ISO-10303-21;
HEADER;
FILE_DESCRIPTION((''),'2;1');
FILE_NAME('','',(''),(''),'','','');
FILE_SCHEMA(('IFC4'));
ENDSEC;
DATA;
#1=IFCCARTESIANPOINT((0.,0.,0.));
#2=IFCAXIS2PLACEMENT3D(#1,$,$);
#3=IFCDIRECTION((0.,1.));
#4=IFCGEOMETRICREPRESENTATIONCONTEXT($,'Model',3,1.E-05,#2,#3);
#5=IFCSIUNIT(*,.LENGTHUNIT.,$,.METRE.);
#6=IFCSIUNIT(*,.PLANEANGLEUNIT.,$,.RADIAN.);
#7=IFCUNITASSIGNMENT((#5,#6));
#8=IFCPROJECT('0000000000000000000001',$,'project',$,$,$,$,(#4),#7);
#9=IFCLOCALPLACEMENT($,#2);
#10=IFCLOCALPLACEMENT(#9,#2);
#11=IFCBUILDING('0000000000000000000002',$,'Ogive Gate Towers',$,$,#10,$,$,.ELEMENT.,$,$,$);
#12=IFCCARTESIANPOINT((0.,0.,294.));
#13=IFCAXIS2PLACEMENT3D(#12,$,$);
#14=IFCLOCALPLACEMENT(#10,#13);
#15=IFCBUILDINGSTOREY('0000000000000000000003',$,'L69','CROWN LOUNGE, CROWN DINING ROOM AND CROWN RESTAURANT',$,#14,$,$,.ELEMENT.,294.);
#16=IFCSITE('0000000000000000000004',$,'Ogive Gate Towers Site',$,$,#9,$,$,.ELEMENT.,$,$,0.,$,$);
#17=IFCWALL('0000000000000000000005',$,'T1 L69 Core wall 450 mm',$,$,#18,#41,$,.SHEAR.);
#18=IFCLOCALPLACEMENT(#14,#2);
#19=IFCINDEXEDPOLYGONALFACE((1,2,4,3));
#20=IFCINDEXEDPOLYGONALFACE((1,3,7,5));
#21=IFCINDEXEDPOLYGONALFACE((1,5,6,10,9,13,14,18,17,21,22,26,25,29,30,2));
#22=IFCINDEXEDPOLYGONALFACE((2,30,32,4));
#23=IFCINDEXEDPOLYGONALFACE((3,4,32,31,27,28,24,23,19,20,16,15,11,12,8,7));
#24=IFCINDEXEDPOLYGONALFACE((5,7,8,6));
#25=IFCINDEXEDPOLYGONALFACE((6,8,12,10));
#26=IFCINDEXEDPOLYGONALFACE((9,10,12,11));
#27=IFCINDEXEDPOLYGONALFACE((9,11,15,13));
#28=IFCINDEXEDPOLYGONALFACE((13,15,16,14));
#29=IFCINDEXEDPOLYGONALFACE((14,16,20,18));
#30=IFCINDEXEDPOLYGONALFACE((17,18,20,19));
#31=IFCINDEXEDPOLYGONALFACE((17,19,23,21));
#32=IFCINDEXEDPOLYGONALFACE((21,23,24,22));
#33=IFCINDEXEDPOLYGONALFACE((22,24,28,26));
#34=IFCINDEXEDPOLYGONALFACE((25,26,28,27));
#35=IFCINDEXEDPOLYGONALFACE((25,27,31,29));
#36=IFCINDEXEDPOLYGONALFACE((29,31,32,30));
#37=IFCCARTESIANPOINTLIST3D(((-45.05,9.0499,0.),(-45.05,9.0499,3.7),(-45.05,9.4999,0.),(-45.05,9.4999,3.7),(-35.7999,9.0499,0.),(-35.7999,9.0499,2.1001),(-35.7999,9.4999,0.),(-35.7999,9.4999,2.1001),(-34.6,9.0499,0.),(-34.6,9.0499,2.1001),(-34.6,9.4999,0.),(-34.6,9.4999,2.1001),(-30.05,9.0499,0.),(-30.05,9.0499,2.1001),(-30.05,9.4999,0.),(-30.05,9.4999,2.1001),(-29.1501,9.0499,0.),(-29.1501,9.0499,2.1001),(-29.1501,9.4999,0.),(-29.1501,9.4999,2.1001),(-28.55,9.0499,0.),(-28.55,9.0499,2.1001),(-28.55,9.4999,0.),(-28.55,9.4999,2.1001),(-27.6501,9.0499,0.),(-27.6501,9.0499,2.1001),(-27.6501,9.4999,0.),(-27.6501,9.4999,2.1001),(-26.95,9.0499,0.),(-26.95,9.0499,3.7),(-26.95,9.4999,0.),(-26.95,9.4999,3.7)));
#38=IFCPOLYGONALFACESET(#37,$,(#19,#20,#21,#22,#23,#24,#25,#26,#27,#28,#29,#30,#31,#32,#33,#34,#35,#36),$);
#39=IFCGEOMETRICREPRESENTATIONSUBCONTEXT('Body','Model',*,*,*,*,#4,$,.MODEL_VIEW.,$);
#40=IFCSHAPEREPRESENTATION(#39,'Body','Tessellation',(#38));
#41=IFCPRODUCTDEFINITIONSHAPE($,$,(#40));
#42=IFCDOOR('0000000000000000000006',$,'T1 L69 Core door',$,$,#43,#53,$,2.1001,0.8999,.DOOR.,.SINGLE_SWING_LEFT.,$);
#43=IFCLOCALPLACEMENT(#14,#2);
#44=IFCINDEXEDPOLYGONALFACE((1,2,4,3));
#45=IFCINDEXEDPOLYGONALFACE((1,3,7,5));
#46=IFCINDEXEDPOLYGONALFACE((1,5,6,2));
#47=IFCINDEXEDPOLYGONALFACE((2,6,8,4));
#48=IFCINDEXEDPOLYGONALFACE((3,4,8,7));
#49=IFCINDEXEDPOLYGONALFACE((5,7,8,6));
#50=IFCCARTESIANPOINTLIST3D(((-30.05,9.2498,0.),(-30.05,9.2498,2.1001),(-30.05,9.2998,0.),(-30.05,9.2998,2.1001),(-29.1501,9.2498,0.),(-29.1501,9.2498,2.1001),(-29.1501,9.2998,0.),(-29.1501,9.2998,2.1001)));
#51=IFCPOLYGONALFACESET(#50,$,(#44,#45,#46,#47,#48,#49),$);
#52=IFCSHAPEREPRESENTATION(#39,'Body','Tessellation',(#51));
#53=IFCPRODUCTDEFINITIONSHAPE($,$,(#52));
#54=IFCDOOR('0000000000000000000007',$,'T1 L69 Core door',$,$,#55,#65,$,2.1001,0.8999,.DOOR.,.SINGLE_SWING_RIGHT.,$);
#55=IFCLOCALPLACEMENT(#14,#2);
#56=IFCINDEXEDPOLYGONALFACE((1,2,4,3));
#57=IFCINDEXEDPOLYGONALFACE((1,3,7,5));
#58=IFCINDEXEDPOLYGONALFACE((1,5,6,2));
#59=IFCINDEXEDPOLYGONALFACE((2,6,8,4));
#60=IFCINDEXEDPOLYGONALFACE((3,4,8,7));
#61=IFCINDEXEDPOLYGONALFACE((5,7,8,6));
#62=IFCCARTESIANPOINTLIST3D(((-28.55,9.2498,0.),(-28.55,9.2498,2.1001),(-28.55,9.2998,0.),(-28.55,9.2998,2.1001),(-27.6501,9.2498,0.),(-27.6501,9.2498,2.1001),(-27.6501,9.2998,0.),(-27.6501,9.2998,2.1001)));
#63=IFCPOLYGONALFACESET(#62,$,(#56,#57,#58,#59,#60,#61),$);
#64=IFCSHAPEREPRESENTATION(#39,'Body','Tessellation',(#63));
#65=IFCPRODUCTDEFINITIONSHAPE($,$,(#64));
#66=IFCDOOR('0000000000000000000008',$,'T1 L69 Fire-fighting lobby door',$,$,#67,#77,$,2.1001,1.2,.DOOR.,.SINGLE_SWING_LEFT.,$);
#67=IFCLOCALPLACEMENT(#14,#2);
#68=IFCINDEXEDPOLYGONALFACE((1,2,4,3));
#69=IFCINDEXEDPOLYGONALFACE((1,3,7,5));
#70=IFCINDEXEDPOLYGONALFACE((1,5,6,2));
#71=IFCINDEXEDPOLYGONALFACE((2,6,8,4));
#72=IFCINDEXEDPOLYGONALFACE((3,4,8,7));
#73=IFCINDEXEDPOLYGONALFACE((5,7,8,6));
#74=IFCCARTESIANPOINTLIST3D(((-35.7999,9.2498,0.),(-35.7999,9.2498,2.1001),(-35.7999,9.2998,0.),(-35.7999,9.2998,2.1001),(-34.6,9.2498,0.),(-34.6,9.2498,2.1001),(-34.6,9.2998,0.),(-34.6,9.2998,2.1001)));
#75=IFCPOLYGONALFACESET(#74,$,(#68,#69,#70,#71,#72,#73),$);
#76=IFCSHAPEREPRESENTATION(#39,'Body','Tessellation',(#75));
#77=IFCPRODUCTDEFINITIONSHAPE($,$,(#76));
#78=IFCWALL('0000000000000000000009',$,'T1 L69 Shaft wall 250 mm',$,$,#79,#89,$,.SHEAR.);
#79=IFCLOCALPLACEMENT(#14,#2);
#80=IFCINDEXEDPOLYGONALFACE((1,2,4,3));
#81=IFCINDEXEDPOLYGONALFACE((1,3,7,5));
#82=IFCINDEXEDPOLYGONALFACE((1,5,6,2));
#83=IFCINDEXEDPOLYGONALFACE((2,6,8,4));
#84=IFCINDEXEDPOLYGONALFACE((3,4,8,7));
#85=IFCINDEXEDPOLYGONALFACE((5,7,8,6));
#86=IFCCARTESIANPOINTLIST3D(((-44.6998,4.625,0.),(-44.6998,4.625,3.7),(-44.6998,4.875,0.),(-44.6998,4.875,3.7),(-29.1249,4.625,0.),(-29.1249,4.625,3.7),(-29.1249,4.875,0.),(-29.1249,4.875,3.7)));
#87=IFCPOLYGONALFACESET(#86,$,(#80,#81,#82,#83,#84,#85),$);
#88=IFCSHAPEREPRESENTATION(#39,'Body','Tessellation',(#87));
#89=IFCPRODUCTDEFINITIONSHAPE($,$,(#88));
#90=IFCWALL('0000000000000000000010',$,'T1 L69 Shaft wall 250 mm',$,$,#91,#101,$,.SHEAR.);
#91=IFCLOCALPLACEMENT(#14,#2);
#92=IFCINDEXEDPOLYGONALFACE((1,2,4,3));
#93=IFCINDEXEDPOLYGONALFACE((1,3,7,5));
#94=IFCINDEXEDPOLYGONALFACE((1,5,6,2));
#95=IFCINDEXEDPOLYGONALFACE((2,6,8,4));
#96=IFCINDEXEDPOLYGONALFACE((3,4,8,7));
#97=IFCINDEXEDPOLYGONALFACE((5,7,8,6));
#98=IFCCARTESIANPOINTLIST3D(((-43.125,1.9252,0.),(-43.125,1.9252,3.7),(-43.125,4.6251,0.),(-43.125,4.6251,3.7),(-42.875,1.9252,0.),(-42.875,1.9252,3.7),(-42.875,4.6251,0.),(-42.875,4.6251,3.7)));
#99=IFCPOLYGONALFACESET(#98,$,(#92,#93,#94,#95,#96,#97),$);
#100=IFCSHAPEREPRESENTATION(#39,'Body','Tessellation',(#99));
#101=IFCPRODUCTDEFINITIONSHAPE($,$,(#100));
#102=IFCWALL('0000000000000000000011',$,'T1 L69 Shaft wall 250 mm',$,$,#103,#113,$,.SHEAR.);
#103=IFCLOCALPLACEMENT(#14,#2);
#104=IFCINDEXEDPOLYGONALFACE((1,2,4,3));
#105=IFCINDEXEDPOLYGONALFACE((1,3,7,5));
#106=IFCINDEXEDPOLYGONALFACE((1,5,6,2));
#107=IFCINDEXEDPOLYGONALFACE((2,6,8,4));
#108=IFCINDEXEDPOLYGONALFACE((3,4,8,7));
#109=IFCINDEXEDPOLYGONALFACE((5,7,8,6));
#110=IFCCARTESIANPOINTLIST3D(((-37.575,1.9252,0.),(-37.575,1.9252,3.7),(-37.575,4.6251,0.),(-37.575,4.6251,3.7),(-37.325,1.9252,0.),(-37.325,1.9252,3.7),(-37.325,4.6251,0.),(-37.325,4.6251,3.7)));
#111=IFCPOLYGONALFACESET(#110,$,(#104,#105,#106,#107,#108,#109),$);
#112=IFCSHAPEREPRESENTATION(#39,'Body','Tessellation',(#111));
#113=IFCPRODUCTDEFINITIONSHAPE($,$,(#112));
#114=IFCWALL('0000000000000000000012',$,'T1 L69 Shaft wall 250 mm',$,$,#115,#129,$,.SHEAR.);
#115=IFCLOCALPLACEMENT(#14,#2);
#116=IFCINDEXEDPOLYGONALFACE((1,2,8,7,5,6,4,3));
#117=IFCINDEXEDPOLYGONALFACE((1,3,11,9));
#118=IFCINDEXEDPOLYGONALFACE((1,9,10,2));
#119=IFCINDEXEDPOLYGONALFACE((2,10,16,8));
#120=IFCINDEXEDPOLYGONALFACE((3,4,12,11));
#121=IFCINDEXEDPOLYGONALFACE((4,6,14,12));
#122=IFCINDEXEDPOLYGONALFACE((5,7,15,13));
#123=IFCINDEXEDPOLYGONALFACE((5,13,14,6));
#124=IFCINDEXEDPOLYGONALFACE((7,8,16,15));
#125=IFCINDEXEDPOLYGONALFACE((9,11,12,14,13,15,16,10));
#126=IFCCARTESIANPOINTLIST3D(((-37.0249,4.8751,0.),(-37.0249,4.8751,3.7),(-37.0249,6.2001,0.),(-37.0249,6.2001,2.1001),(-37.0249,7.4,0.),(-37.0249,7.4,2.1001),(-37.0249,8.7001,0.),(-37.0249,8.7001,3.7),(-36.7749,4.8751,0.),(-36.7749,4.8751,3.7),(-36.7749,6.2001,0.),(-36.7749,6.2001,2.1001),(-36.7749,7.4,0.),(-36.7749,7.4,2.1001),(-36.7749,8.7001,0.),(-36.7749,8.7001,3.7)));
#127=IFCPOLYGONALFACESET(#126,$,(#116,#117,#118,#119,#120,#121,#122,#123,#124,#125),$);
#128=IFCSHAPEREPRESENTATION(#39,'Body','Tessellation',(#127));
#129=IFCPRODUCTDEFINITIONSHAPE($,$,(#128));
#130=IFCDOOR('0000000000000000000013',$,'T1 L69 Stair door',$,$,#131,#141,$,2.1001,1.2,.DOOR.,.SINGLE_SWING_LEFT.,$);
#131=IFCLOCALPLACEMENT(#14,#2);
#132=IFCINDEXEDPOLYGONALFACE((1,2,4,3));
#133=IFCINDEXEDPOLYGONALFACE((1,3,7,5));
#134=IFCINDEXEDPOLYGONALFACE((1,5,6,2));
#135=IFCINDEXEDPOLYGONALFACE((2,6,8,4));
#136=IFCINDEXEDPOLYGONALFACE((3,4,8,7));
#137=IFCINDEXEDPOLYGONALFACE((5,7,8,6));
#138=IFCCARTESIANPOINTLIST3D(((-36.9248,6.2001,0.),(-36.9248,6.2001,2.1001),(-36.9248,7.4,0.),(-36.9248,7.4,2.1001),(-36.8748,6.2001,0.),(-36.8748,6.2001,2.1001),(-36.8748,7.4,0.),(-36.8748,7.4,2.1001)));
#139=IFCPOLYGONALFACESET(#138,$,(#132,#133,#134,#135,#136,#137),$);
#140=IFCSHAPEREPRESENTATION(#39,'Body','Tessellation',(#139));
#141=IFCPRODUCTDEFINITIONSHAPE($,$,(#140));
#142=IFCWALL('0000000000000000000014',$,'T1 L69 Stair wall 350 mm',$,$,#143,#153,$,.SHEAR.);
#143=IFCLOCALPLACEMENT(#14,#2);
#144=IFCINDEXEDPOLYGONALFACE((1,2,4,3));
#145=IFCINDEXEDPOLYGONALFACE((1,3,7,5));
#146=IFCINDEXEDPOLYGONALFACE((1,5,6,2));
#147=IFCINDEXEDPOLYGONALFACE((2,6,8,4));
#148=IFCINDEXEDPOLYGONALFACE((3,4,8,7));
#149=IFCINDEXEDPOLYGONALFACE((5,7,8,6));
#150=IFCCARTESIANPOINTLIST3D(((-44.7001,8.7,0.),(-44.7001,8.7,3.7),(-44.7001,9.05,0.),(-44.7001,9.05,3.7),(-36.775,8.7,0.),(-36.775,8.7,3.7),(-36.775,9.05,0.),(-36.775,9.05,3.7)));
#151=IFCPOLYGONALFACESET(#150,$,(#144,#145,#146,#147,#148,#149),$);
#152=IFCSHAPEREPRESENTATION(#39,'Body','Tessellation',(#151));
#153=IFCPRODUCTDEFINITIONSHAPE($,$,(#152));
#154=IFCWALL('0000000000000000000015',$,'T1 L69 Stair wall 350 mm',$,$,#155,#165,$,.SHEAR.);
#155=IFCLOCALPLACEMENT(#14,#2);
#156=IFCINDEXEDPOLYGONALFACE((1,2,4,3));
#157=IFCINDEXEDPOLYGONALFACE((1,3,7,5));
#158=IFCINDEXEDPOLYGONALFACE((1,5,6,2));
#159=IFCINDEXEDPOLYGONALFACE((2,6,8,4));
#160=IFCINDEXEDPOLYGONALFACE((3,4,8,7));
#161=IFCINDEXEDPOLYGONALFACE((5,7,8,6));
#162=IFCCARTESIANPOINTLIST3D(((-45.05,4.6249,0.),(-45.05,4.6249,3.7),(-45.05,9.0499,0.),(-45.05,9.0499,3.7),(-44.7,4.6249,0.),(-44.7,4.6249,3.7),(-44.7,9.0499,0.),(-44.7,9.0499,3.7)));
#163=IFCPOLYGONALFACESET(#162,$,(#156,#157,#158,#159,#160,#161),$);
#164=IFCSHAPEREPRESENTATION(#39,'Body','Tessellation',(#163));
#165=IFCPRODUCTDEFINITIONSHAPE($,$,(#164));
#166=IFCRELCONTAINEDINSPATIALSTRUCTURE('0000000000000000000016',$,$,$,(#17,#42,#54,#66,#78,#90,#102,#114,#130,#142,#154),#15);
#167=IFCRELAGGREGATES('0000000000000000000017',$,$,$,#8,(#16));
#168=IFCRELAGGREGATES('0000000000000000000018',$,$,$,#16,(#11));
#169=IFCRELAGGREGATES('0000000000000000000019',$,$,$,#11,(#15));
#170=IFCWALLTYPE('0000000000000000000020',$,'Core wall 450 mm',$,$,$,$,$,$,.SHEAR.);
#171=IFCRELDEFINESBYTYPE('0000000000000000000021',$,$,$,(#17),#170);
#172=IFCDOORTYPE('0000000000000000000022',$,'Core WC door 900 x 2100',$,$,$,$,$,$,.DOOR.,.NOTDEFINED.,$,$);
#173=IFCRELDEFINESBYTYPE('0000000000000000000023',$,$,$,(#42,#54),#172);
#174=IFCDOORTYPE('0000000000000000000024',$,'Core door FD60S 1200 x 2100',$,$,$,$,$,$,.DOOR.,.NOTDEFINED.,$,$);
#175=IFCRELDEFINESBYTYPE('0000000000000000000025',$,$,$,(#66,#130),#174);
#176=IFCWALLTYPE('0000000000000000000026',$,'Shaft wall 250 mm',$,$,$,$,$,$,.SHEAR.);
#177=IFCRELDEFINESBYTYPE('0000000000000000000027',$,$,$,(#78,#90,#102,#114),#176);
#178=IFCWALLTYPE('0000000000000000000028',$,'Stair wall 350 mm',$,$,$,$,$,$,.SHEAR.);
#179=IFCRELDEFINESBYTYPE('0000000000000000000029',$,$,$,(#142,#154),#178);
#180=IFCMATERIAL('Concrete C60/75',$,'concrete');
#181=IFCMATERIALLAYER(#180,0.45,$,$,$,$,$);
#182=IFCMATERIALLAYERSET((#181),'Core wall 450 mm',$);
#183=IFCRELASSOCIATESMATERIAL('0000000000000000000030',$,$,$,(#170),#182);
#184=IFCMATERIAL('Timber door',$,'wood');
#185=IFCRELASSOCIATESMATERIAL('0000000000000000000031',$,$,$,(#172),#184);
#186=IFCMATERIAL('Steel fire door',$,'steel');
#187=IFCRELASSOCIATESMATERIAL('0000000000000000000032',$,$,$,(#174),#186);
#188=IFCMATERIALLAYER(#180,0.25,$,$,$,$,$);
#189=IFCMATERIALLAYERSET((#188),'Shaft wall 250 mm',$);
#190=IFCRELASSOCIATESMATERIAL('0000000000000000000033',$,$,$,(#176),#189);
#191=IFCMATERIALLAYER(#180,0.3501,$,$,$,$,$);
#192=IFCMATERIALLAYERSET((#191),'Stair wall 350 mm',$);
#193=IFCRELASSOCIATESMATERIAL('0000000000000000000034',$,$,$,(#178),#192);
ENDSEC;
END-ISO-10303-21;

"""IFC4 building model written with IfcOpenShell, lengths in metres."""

from ifc_helpers import new_model, si_unit, direction, frame, frame_2d, origin, place, context, subcontext, project, spatial, rectangle, extrude, material, layer, layer_set, type_object, element, fill, save


model = new_model("IFC4")

# Units and contexts
model_context = context("Model", 3, precision=1e-05, world=origin(), true_north=direction((0.0, 1.0)))
body_context = subcontext(model_context, "Body", "Model", "MODEL_VIEW")
ifc_project = project(units=[si_unit("LENGTHUNIT", "METRE"), si_unit("PLANEANGLEUNIT", "RADIAN")], contexts=[model_context])

# Site, building, storey
site_placement = place(None, origin())
site = spatial("IfcSite", under=ifc_project, at=site_placement, Name="Ogive Gate Towers Site", CompositionType="ELEMENT", RefElevation=0.0)
building_placement = place(site_placement, origin())
building = spatial("IfcBuilding", under=site, at=building_placement, Name="Ogive Gate Towers", CompositionType="ELEMENT")
storey_placement = place(building_placement, frame((0.0, 0.0, 294.0)))
storey = spatial("IfcBuildingStorey", under=building, at=storey_placement, Name="L69", Description="CROWN LOUNGE, CROWN DINING ROOM AND CROWN RESTAURANT", CompositionType="ELEMENT", Elevation=294.0)

# Wall, openings, doors
ifc_material_1 = material(Name="Concrete C60/75", Category="concrete")
ifc_layer_1 = layer(ifc_material_1, 0.45)
ifc_layer_set_1 = layer_set([ifc_layer_1], Name="Core wall 450 mm")
wall_type_1 = type_object("IfcWallType", Name="Core wall 450 mm", PredefinedType="SHEAR", material=ifc_layer_set_1)
wall_1_placement = place(storey_placement, frame((-45.05, 9.2749, 0.0), z_axis=(0.0, 0.0, 1.0), x_axis=(1.0, 0.0, 0.0)))
wall_1 = element("IfcWall", 1, at=wall_1_placement, inside=storey, type_object=wall_type_1, Name="T1 L69 Core wall 450 mm", PredefinedType="SHEAR", context=body_context, shape_type="SweptSolid", body=[
    extrude(rectangle(XDim=18.1001, YDim=0.45, at=frame_2d((9.05, 0.0))), origin(), (0.0, 0.0, 1.0), 3.7),
])
opening_1_placement = place(wall_1_placement, frame((9.25, 0.0, 0.0)))
opening_1 = element("IfcOpeningElement", 2, at=opening_1_placement, cuts=wall_1, PredefinedType="OPENING", context=body_context, shape_type="SweptSolid", body=[
    extrude(rectangle(XDim=1.2, YDim=2.1001, at=frame_2d((0.6001, 1.05))), frame((0.0, 0.2349, 0.0), z_axis=(0.0, -1.0, 0.0), x_axis=(1.0, 0.0, 0.0)), (0.0, 0.0, 1.0), 0.47),
])
opening_2_placement = place(wall_1_placement, frame((15.0, 0.0, 0.0)))
opening_2 = element("IfcOpeningElement", 3, at=opening_2_placement, cuts=wall_1, PredefinedType="OPENING", context=body_context, shape_type="SweptSolid", body=[
    extrude(rectangle(XDim=0.8999, YDim=2.1001, at=frame_2d((0.45, 1.05))), frame((0.0, 0.2349, 0.0), z_axis=(0.0, -1.0, 0.0), x_axis=(1.0, 0.0, 0.0)), (0.0, 0.0, 1.0), 0.47),
])
opening_3_placement = place(wall_1_placement, frame((16.5, 0.0, 0.0)))
opening_3 = element("IfcOpeningElement", 4, at=opening_3_placement, cuts=wall_1, PredefinedType="OPENING", context=body_context, shape_type="SweptSolid", body=[
    extrude(rectangle(XDim=0.8999, YDim=2.1001, at=frame_2d((0.45, 1.05))), frame((0.0, 0.2349, 0.0), z_axis=(0.0, -1.0, 0.0), x_axis=(1.0, 0.0, 0.0)), (0.0, 0.0, 1.0), 0.47),
])
ifc_material_2 = material(Name="Timber door", Category="wood")
door_type_1 = type_object("IfcDoorType", Name="Core WC door 900 x 2100", OperationType="NOTDEFINED", PredefinedType="DOOR", material=ifc_material_2)
door_1_placement = place(opening_2_placement, origin())
door_1 = element("IfcDoor", 5, at=door_1_placement, inside=storey, type_object=door_type_1, Name="T1 L69 Core door", OperationType="SINGLE_SWING_LEFT", OverallHeight=2.1001, OverallWidth=0.8999, PredefinedType="DOOR", context=body_context, shape_type="SweptSolid", body=[
    extrude(rectangle(XDim=0.8999, YDim=2.1001, at=frame_2d((0.45, 1.05))), frame((0.0, 0.0249, 0.0), z_axis=(0.0, -1.0, 0.0), x_axis=(1.0, 0.0, 0.0)), (0.0, 0.0, 1.0), 0.05),
])
fill(opening_2, door_1)
door_2_placement = place(opening_3_placement, origin())
door_2 = element("IfcDoor", 6, at=door_2_placement, inside=storey, type_object=door_type_1, Name="T1 L69 Core door", OperationType="SINGLE_SWING_RIGHT", OverallHeight=2.1001, OverallWidth=0.8999, PredefinedType="DOOR", context=body_context, shape_type="SweptSolid", body=[
    extrude(rectangle(XDim=0.8999, YDim=2.1001, at=frame_2d((0.45, 1.05))), frame((0.0, 0.0249, 0.0), z_axis=(0.0, -1.0, 0.0), x_axis=(1.0, 0.0, 0.0)), (0.0, 0.0, 1.0), 0.05),
])
fill(opening_3, door_2)
ifc_material_3 = material(Name="Steel fire door", Category="steel")
door_type_2 = type_object("IfcDoorType", Name="Core door FD60S 1200 x 2100", OperationType="NOTDEFINED", PredefinedType="DOOR", material=ifc_material_3)
door_3_placement = place(opening_1_placement, origin())
door_3 = element("IfcDoor", 7, at=door_3_placement, inside=storey, type_object=door_type_2, Name="T1 L69 Fire-fighting lobby door", OperationType="SINGLE_SWING_LEFT", OverallHeight=2.1001, OverallWidth=1.2, PredefinedType="DOOR", context=body_context, shape_type="SweptSolid", body=[
    extrude(rectangle(XDim=1.2, YDim=2.1001, at=frame_2d((0.6001, 1.05))), frame((0.0, 0.0249, 0.0), z_axis=(0.0, -1.0, 0.0), x_axis=(1.0, 0.0, 0.0)), (0.0, 0.0, 1.0), 0.05),
])
fill(opening_1, door_3)

# Walls
ifc_layer_2 = layer(ifc_material_1, 0.25)
ifc_layer_set_2 = layer_set([ifc_layer_2], Name="Shaft wall 250 mm")
wall_type_2 = type_object("IfcWallType", Name="Shaft wall 250 mm", PredefinedType="SHEAR", material=ifc_layer_set_2)
wall_2_placement = place(storey_placement, frame((-44.7, 4.75, 0.0), z_axis=(0.0, 0.0, 1.0), x_axis=(1.0, 0.0, 0.0)))
element("IfcWall", 8, at=wall_2_placement, inside=storey, type_object=wall_type_2, Name="T1 L69 Shaft wall 250 mm", PredefinedType="SHEAR", context=body_context, shape_type="SweptSolid", body=[
    extrude(rectangle(XDim=15.575, YDim=0.25, at=frame_2d((7.7876, 0.0))), origin(), (0.0, 0.0, 1.0), 3.7),
])
for number, where, z_axis, x_axis, name in (
    (9, (-43.0, 1.925, 0.0), (0.0, 0.0, 1.0), (0.0, 1.0, 0.0), "T1 L69 Shaft wall 250 mm"),
    (10, (-37.45, 1.925, 0.0), (0.0, 0.0, 1.0), (0.0, 1.0, 0.0), "T1 L69 Shaft wall 250 mm"),
):
    element("IfcWall", number, at=place(storey_placement, frame(where, z_axis=z_axis, x_axis=x_axis)), inside=storey, type_object=wall_type_2, Name=name, PredefinedType="SHEAR", context=body_context, shape_type="SweptSolid", body=[
        extrude(rectangle(XDim=2.7, YDim=0.25, at=frame_2d((1.3501, 0.0))), origin(), (0.0, 0.0, 1.0), 3.7),
    ])

# Wall, opening, door
wall_3_placement = place(storey_placement, frame((-36.8999, 4.875, 0.0), z_axis=(0.0, 0.0, 1.0), x_axis=(0.0, 1.0, 0.0)))
wall_3 = element("IfcWall", 11, at=wall_3_placement, inside=storey, type_object=wall_type_2, Name="T1 L69 Shaft wall 250 mm", PredefinedType="SHEAR", context=body_context, shape_type="SweptSolid", body=[
    extrude(rectangle(XDim=3.825, YDim=0.25, at=frame_2d((1.9126, 0.0))), origin(), (0.0, 0.0, 1.0), 3.7),
])
opening_4_placement = place(wall_3_placement, frame((1.325, 0.0, 0.0)))
opening_4 = element("IfcOpeningElement", 12, at=opening_4_placement, cuts=wall_3, PredefinedType="OPENING", context=body_context, shape_type="SweptSolid", body=[
    extrude(rectangle(XDim=1.2, YDim=2.1001, at=frame_2d((0.6001, 1.05))), frame((0.0, 0.135, 0.0), z_axis=(0.0, -1.0, 0.0), x_axis=(1.0, 0.0, 0.0)), (0.0, 0.0, 1.0), 0.27),
])
door_4_placement = place(opening_4_placement, origin())
door_4 = element("IfcDoor", 13, at=door_4_placement, inside=storey, type_object=door_type_2, Name="T1 L69 Stair door", OperationType="SINGLE_SWING_LEFT", OverallHeight=2.1001, OverallWidth=1.2, PredefinedType="DOOR", context=body_context, shape_type="SweptSolid", body=[
    extrude(rectangle(XDim=1.2, YDim=2.1001, at=frame_2d((0.6001, 1.05))), frame((0.0, 0.0249, 0.0), z_axis=(0.0, -1.0, 0.0), x_axis=(1.0, 0.0, 0.0)), (0.0, 0.0, 1.0), 0.05),
])
fill(opening_4, door_4)

# Walls
ifc_layer_3 = layer(ifc_material_1, 0.3501)
ifc_layer_set_3 = layer_set([ifc_layer_3], Name="Stair wall 350 mm")
wall_type_3 = type_object("IfcWallType", Name="Stair wall 350 mm", PredefinedType="SHEAR", material=ifc_layer_set_3)
wall_4_placement = place(storey_placement, frame((-44.7, 8.875, 0.0), z_axis=(0.0, 0.0, 1.0), x_axis=(1.0, 0.0, 0.0)))
element("IfcWall", 14, at=wall_4_placement, inside=storey, type_object=wall_type_3, Name="T1 L69 Stair wall 350 mm", PredefinedType="SHEAR", context=body_context, shape_type="SweptSolid", body=[
    extrude(rectangle(XDim=7.925, YDim=0.3501, at=frame_2d((3.9624, 0.0))), origin(), (0.0, 0.0, 1.0), 3.7),
])
wall_5_placement = place(storey_placement, frame((-44.875, 4.625, 0.0), z_axis=(0.0, 0.0, 1.0), x_axis=(0.0, 1.0, 0.0)))
element("IfcWall", 15, at=wall_5_placement, inside=storey, type_object=wall_type_3, Name="T1 L69 Stair wall 350 mm", PredefinedType="SHEAR", context=body_context, shape_type="SweptSolid", body=[
    extrude(rectangle(XDim=4.425, YDim=0.3501, at=frame_2d((2.2124, 0.0))), origin(), (0.0, 0.0, 1.0), 3.7),
])

save(model, "model.ifc")
